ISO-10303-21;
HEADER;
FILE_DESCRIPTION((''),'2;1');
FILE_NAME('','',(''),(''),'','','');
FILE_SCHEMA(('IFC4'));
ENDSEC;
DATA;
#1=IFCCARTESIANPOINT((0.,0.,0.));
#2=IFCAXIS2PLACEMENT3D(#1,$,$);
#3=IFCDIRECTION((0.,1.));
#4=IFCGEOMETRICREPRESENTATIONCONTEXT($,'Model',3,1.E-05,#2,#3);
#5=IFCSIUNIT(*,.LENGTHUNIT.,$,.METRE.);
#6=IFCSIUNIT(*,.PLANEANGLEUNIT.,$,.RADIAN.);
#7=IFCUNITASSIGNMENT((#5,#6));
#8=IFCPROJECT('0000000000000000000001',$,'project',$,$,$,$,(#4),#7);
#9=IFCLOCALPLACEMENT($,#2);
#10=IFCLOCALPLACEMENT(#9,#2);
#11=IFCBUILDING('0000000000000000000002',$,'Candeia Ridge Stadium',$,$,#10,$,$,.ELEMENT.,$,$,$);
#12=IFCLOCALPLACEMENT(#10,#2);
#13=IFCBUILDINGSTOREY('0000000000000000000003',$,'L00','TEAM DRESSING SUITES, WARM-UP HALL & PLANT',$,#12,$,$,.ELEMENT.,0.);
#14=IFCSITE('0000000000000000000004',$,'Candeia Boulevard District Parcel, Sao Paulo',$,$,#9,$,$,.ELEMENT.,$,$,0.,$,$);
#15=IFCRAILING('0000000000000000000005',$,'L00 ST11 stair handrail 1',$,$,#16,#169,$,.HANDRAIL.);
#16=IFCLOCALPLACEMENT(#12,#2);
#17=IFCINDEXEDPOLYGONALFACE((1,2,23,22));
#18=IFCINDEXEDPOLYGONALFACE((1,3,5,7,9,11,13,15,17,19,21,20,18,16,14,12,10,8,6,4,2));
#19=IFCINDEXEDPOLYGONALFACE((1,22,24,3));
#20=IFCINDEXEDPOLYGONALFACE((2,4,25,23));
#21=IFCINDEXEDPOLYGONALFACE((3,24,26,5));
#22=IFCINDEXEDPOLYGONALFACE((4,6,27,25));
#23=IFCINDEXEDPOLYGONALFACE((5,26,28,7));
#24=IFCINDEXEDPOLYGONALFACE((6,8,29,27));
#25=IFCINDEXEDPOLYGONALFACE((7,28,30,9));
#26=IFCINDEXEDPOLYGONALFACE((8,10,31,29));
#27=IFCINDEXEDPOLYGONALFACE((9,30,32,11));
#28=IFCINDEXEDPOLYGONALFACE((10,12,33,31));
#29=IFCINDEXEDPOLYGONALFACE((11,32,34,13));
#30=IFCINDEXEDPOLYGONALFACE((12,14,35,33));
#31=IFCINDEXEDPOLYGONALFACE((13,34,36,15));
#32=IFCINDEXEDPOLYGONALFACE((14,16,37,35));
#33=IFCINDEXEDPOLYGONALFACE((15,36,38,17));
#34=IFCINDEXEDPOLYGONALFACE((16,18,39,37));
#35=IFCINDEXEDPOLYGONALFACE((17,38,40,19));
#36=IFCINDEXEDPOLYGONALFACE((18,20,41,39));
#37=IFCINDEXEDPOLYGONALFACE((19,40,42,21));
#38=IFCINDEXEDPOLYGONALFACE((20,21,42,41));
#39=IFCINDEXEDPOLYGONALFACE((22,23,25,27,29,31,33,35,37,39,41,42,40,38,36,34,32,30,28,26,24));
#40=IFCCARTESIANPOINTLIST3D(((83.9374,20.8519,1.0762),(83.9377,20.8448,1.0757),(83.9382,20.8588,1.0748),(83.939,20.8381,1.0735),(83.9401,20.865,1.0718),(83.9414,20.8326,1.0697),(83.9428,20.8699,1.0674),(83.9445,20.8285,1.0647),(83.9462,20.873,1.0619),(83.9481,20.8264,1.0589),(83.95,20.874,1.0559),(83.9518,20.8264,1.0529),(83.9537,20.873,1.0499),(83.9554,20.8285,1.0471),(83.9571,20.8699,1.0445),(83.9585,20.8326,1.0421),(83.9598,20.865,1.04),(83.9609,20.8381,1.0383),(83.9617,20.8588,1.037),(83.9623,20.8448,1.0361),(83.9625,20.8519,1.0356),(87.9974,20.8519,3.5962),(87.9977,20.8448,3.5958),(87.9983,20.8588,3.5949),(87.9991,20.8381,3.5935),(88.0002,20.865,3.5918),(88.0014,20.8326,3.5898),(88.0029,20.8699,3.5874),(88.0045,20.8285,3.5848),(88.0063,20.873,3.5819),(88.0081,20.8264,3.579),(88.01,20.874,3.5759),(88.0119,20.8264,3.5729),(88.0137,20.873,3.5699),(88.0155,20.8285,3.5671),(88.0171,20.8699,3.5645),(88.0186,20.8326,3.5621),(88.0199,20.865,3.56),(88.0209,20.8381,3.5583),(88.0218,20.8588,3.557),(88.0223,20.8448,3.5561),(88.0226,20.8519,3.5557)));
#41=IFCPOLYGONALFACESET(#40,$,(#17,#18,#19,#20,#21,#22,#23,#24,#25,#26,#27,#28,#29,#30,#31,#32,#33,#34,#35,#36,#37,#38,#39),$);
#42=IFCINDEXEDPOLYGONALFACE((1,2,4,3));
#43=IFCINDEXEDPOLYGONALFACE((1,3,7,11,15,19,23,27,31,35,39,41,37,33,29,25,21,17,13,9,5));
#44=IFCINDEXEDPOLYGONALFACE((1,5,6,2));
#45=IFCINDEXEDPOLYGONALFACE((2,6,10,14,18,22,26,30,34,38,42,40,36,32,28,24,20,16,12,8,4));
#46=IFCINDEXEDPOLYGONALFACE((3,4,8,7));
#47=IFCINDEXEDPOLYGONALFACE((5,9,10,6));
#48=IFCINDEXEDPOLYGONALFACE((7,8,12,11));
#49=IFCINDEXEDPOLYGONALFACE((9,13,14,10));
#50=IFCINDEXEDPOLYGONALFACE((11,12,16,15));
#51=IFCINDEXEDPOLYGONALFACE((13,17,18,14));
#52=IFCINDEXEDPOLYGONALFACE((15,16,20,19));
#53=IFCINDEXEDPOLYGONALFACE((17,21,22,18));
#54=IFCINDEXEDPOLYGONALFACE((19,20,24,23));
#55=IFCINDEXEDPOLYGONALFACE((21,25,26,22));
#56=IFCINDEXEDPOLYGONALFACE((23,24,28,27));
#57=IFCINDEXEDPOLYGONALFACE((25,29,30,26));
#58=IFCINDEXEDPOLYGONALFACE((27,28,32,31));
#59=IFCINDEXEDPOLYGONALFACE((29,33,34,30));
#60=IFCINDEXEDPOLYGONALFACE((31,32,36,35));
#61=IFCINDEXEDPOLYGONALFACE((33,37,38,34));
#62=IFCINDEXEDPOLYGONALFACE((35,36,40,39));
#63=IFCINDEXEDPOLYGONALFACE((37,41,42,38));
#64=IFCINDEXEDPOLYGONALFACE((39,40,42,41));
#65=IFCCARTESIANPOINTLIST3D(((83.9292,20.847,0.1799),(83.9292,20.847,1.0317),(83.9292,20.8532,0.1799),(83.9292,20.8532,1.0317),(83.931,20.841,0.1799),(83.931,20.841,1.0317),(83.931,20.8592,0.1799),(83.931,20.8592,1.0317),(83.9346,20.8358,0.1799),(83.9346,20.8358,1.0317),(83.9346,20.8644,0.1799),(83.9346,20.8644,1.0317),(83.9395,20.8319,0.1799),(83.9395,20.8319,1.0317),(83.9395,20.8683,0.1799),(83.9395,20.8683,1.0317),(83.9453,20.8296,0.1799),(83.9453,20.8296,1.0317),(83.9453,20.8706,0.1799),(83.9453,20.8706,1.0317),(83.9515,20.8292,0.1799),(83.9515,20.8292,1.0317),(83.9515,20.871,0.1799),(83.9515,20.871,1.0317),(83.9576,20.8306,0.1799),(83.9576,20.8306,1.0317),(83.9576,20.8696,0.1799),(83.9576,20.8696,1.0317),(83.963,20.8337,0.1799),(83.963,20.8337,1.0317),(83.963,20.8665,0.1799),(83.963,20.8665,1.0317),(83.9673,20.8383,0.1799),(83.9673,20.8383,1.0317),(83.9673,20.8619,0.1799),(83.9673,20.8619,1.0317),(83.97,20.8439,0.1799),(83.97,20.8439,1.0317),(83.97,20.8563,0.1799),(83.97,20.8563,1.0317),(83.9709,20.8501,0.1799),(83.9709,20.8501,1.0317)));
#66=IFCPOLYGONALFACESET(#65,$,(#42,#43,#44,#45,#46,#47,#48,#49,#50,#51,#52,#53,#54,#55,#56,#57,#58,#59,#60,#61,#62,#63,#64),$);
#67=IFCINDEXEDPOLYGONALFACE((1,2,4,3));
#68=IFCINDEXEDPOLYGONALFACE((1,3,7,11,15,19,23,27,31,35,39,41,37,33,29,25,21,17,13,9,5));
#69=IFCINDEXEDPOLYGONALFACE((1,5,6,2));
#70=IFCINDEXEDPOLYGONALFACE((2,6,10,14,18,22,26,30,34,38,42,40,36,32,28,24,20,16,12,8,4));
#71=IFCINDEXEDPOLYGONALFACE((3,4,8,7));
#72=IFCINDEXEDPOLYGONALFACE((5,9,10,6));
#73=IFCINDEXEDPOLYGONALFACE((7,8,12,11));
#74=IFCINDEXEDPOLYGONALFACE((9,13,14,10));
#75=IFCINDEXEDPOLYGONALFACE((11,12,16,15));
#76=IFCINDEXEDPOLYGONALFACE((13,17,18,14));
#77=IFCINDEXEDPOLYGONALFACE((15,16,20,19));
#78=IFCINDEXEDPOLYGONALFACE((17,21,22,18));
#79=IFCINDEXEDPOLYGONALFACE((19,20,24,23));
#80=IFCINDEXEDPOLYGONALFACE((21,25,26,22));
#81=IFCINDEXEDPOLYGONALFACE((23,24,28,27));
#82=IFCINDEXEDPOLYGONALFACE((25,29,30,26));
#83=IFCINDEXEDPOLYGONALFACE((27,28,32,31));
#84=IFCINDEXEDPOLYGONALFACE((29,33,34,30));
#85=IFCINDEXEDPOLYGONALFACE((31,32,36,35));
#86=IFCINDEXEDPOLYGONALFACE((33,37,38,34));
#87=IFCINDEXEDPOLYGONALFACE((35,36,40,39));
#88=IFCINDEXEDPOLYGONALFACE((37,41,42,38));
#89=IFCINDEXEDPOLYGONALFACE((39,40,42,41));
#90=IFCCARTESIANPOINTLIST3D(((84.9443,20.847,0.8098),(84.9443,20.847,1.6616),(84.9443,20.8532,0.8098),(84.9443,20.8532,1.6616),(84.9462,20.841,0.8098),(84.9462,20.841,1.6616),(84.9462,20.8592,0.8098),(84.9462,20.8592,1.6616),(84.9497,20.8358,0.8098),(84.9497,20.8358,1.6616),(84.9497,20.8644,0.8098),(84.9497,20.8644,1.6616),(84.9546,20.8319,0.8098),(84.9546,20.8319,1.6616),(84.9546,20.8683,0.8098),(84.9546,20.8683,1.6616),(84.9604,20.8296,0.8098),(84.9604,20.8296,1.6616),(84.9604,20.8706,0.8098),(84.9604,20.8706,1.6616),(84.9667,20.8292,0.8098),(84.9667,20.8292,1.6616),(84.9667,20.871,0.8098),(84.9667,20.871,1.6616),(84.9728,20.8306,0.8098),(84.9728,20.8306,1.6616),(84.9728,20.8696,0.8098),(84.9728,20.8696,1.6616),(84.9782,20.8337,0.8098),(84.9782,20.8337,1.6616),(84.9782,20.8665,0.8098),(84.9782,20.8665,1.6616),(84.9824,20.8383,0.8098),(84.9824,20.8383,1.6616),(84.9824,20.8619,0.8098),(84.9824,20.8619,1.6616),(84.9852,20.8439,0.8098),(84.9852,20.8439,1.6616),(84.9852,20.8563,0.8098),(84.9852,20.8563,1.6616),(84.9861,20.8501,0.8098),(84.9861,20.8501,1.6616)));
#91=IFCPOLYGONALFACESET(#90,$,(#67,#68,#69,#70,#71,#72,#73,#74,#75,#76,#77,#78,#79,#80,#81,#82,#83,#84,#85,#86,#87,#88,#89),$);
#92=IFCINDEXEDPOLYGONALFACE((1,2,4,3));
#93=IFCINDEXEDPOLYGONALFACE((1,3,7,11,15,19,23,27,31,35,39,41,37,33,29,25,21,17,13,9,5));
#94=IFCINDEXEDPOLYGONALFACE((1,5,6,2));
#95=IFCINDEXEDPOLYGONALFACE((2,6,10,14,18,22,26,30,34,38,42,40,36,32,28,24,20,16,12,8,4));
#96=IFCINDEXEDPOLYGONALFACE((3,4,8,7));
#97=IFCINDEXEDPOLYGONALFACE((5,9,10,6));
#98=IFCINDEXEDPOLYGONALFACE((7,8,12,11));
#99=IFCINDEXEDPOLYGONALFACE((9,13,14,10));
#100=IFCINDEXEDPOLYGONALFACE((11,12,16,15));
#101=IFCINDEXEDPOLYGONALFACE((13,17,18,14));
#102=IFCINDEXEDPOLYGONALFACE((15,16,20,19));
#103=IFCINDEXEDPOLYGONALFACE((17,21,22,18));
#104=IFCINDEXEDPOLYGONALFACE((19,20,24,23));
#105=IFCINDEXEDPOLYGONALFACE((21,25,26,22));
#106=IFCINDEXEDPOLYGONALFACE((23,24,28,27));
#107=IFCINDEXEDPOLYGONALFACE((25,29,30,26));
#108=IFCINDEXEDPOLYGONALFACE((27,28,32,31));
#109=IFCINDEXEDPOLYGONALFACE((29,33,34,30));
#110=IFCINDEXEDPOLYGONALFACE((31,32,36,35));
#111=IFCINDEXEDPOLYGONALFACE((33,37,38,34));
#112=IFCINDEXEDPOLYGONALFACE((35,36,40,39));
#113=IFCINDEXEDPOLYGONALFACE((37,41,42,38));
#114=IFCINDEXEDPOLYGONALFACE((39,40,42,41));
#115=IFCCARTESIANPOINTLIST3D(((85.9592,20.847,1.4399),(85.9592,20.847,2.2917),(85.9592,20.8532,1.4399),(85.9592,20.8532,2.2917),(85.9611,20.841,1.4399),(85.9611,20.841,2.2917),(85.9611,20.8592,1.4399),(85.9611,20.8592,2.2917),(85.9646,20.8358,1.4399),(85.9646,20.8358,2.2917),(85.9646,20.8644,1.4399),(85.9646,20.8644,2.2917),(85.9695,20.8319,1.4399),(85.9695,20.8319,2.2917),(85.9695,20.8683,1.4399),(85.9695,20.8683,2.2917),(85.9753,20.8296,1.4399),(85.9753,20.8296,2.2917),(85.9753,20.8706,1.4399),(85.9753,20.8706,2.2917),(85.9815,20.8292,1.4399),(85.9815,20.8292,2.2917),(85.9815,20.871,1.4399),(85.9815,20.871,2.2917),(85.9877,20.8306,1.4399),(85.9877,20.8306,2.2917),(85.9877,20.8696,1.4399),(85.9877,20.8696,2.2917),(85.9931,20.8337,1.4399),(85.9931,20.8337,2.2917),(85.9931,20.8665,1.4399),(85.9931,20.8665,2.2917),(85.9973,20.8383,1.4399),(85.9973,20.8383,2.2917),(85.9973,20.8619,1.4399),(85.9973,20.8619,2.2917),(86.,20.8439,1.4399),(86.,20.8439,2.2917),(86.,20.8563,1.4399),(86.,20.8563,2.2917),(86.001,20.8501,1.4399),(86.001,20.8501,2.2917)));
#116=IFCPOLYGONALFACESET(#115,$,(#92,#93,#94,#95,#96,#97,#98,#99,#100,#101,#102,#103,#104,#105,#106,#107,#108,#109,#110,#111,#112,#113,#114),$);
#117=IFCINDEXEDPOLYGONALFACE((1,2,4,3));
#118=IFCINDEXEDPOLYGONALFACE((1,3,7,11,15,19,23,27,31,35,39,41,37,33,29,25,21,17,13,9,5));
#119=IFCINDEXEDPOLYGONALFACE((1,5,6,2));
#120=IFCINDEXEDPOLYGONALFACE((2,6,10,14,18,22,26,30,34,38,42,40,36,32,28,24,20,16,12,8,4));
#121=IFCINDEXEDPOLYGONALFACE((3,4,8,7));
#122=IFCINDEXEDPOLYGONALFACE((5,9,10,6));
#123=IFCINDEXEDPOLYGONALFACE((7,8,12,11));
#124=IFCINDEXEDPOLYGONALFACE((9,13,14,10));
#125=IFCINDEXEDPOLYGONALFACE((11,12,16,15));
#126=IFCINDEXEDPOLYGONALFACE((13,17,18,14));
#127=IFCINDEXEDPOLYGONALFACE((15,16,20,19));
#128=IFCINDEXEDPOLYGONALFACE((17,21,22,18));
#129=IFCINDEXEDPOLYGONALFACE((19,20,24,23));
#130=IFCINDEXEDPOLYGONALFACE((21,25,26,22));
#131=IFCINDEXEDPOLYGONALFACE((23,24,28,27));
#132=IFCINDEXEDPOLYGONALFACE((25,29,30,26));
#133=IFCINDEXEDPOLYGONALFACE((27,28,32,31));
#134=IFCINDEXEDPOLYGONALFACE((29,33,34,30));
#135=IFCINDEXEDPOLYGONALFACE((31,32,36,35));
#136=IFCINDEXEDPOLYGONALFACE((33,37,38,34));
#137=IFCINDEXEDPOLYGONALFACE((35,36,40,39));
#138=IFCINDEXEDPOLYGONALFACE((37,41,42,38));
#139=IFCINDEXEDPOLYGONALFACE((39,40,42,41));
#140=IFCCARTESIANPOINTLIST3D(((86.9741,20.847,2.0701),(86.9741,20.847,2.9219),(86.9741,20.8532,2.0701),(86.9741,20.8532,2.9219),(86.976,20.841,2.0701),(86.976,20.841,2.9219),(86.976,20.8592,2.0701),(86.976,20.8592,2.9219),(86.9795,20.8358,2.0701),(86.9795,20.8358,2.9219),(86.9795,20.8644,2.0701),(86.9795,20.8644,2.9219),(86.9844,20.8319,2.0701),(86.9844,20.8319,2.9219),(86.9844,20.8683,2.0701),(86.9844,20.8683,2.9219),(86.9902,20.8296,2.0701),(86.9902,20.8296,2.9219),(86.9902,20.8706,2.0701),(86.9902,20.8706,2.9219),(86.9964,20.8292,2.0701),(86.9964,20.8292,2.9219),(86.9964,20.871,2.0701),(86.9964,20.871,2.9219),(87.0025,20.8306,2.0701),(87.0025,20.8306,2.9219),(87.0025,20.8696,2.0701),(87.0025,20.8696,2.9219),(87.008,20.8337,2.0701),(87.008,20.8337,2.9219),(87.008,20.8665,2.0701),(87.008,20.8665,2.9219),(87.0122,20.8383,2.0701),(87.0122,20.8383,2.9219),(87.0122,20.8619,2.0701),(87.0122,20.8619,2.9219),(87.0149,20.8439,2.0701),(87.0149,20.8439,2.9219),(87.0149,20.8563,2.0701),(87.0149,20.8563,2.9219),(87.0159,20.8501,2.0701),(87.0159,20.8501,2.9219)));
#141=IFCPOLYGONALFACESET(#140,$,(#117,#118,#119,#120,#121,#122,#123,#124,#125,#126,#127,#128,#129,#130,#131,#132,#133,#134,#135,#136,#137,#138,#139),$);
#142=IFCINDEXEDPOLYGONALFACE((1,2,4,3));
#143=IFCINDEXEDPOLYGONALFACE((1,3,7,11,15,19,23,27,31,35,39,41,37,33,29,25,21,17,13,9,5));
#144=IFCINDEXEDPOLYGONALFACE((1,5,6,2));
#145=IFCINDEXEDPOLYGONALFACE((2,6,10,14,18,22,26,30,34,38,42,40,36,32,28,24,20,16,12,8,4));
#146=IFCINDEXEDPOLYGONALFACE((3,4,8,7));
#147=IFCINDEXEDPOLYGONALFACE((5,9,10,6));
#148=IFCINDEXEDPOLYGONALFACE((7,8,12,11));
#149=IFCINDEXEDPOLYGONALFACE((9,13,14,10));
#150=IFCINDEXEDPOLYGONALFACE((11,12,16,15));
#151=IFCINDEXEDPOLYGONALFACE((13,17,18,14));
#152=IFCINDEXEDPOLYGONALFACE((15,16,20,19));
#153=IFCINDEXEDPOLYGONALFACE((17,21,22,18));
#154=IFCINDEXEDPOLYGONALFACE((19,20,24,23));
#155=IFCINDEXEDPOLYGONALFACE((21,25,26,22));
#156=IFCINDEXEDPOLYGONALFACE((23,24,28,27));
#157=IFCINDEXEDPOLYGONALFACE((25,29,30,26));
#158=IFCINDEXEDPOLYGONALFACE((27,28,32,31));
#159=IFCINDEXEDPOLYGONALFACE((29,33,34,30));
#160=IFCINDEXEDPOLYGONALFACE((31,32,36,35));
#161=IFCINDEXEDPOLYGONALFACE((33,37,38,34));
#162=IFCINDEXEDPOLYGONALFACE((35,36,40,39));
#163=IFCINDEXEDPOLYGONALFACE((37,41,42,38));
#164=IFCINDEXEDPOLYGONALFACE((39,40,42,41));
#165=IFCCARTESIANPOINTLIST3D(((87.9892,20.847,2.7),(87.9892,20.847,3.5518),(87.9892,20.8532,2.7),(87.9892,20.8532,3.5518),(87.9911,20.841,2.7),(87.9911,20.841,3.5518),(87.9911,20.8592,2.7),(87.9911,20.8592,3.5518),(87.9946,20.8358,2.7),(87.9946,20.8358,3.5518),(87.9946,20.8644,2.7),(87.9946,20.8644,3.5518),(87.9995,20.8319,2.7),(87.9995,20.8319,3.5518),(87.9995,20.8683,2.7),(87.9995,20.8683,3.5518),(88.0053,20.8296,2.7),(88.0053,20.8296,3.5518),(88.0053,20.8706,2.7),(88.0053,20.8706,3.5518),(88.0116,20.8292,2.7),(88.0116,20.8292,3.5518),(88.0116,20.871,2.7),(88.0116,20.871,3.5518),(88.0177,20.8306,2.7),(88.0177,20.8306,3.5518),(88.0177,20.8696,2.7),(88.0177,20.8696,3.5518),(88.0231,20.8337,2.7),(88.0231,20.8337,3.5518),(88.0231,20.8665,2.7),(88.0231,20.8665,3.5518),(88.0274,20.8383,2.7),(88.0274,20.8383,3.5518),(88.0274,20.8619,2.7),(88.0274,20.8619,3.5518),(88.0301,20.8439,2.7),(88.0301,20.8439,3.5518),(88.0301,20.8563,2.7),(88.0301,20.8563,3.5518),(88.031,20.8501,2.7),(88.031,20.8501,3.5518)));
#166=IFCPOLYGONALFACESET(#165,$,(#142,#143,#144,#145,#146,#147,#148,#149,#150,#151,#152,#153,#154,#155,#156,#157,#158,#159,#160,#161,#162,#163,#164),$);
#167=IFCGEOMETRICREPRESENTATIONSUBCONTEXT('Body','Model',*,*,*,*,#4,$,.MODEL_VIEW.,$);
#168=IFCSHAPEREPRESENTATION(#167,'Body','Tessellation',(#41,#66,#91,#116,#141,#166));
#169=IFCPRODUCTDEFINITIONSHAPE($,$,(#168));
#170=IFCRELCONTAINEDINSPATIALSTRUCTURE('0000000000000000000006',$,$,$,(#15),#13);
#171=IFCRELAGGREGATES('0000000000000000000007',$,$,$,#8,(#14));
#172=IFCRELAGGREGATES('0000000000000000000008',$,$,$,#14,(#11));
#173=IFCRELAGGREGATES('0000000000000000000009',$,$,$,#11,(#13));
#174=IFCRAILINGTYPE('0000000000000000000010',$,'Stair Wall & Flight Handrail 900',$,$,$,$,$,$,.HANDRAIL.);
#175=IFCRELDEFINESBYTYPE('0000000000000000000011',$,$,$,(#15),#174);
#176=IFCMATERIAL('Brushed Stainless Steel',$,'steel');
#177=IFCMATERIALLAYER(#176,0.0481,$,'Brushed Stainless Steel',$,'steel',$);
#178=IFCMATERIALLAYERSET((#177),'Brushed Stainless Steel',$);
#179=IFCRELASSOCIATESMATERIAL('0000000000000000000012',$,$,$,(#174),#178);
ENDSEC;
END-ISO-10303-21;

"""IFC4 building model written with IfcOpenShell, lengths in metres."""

from ifc_helpers import new_model, si_unit, direction, frame, origin, origin_2d, place, context, subcontext, project, spatial, circle, extrude, material, layer, layer_set, type_object, element, save


model = new_model("IFC4")

# Units and contexts
model_context = context("Model", 3, precision=1e-05, world=origin(), true_north=direction((0.0, 1.0)))
body_context = subcontext(model_context, "Body", "Model", "MODEL_VIEW")
ifc_project = project(units=[si_unit("LENGTHUNIT", "METRE"), si_unit("PLANEANGLEUNIT", "RADIAN")], contexts=[model_context])

# Site, building, storey
site_placement = place(None, origin())
site = spatial("IfcSite", under=ifc_project, at=site_placement, Name="Candeia Boulevard District Parcel, Sao Paulo", CompositionType="ELEMENT", RefElevation=0.0)
building_placement = place(site_placement, origin())
building = spatial("IfcBuilding", under=site, at=building_placement, Name="Candeia Ridge Stadium", CompositionType="ELEMENT")
storey_placement = place(building_placement, origin())
storey = spatial("IfcBuildingStorey", under=building, at=storey_placement, Name="L00", Description="TEAM DRESSING SUITES, WARM-UP HALL & PLANT", CompositionType="ELEMENT", Elevation=0.0)

# Railing
ifc_material_1 = material(Name="Brushed Stainless Steel", Category="steel")
ifc_layer_1 = layer(ifc_material_1, 0.0481, Name="Brushed Stainless Steel", Category="steel")
ifc_layer_set_1 = layer_set([ifc_layer_1], Name="Brushed Stainless Steel")
railing_type_1 = type_object("IfcRailingType", Name="Stair Wall & Flight Handrail 900", PredefinedType="HANDRAIL", material=ifc_layer_set_1)
railing_1_placement = place(storey_placement, frame((83.95, 20.8501, 0.1799)))
element("IfcRailing", 1, at=railing_1_placement, inside=storey, type_object=railing_type_1, Name="L00 ST11 stair handrail 1", PredefinedType="HANDRAIL", context=body_context, shape_type="SweptSolid", body=[
    extrude(circle(Radius=0.0239, at=origin_2d()), frame((0.0, 0.0, 0.876), z_axis=(0.849642, 0.0, 0.52736), x_axis=(0.0, 1.0, 0.0)), (0.0, 0.0, 1.0), 4.7786),
    extrude(circle(Radius=0.021, at=origin_2d()), origin(), (0.0, 0.0, 1.0), 0.8518),
    extrude(circle(Radius=0.021, at=origin_2d()), frame((1.0151, 0.0, 0.6299)), (0.0, 0.0, 1.0), 0.8518),
    extrude(circle(Radius=0.021, at=origin_2d()), frame((2.03, 0.0, 1.26)), (0.0, 0.0, 1.0), 0.8518),
    extrude(circle(Radius=0.021, at=origin_2d()), frame((3.0449, 0.0, 1.8901)), (0.0, 0.0, 1.0), 0.8518),
    extrude(circle(Radius=0.021, at=origin_2d()), frame((4.0601, 0.0, 2.52)), (0.0, 0.0, 1.0), 0.8518),
])

save(model, "model.ifc")
